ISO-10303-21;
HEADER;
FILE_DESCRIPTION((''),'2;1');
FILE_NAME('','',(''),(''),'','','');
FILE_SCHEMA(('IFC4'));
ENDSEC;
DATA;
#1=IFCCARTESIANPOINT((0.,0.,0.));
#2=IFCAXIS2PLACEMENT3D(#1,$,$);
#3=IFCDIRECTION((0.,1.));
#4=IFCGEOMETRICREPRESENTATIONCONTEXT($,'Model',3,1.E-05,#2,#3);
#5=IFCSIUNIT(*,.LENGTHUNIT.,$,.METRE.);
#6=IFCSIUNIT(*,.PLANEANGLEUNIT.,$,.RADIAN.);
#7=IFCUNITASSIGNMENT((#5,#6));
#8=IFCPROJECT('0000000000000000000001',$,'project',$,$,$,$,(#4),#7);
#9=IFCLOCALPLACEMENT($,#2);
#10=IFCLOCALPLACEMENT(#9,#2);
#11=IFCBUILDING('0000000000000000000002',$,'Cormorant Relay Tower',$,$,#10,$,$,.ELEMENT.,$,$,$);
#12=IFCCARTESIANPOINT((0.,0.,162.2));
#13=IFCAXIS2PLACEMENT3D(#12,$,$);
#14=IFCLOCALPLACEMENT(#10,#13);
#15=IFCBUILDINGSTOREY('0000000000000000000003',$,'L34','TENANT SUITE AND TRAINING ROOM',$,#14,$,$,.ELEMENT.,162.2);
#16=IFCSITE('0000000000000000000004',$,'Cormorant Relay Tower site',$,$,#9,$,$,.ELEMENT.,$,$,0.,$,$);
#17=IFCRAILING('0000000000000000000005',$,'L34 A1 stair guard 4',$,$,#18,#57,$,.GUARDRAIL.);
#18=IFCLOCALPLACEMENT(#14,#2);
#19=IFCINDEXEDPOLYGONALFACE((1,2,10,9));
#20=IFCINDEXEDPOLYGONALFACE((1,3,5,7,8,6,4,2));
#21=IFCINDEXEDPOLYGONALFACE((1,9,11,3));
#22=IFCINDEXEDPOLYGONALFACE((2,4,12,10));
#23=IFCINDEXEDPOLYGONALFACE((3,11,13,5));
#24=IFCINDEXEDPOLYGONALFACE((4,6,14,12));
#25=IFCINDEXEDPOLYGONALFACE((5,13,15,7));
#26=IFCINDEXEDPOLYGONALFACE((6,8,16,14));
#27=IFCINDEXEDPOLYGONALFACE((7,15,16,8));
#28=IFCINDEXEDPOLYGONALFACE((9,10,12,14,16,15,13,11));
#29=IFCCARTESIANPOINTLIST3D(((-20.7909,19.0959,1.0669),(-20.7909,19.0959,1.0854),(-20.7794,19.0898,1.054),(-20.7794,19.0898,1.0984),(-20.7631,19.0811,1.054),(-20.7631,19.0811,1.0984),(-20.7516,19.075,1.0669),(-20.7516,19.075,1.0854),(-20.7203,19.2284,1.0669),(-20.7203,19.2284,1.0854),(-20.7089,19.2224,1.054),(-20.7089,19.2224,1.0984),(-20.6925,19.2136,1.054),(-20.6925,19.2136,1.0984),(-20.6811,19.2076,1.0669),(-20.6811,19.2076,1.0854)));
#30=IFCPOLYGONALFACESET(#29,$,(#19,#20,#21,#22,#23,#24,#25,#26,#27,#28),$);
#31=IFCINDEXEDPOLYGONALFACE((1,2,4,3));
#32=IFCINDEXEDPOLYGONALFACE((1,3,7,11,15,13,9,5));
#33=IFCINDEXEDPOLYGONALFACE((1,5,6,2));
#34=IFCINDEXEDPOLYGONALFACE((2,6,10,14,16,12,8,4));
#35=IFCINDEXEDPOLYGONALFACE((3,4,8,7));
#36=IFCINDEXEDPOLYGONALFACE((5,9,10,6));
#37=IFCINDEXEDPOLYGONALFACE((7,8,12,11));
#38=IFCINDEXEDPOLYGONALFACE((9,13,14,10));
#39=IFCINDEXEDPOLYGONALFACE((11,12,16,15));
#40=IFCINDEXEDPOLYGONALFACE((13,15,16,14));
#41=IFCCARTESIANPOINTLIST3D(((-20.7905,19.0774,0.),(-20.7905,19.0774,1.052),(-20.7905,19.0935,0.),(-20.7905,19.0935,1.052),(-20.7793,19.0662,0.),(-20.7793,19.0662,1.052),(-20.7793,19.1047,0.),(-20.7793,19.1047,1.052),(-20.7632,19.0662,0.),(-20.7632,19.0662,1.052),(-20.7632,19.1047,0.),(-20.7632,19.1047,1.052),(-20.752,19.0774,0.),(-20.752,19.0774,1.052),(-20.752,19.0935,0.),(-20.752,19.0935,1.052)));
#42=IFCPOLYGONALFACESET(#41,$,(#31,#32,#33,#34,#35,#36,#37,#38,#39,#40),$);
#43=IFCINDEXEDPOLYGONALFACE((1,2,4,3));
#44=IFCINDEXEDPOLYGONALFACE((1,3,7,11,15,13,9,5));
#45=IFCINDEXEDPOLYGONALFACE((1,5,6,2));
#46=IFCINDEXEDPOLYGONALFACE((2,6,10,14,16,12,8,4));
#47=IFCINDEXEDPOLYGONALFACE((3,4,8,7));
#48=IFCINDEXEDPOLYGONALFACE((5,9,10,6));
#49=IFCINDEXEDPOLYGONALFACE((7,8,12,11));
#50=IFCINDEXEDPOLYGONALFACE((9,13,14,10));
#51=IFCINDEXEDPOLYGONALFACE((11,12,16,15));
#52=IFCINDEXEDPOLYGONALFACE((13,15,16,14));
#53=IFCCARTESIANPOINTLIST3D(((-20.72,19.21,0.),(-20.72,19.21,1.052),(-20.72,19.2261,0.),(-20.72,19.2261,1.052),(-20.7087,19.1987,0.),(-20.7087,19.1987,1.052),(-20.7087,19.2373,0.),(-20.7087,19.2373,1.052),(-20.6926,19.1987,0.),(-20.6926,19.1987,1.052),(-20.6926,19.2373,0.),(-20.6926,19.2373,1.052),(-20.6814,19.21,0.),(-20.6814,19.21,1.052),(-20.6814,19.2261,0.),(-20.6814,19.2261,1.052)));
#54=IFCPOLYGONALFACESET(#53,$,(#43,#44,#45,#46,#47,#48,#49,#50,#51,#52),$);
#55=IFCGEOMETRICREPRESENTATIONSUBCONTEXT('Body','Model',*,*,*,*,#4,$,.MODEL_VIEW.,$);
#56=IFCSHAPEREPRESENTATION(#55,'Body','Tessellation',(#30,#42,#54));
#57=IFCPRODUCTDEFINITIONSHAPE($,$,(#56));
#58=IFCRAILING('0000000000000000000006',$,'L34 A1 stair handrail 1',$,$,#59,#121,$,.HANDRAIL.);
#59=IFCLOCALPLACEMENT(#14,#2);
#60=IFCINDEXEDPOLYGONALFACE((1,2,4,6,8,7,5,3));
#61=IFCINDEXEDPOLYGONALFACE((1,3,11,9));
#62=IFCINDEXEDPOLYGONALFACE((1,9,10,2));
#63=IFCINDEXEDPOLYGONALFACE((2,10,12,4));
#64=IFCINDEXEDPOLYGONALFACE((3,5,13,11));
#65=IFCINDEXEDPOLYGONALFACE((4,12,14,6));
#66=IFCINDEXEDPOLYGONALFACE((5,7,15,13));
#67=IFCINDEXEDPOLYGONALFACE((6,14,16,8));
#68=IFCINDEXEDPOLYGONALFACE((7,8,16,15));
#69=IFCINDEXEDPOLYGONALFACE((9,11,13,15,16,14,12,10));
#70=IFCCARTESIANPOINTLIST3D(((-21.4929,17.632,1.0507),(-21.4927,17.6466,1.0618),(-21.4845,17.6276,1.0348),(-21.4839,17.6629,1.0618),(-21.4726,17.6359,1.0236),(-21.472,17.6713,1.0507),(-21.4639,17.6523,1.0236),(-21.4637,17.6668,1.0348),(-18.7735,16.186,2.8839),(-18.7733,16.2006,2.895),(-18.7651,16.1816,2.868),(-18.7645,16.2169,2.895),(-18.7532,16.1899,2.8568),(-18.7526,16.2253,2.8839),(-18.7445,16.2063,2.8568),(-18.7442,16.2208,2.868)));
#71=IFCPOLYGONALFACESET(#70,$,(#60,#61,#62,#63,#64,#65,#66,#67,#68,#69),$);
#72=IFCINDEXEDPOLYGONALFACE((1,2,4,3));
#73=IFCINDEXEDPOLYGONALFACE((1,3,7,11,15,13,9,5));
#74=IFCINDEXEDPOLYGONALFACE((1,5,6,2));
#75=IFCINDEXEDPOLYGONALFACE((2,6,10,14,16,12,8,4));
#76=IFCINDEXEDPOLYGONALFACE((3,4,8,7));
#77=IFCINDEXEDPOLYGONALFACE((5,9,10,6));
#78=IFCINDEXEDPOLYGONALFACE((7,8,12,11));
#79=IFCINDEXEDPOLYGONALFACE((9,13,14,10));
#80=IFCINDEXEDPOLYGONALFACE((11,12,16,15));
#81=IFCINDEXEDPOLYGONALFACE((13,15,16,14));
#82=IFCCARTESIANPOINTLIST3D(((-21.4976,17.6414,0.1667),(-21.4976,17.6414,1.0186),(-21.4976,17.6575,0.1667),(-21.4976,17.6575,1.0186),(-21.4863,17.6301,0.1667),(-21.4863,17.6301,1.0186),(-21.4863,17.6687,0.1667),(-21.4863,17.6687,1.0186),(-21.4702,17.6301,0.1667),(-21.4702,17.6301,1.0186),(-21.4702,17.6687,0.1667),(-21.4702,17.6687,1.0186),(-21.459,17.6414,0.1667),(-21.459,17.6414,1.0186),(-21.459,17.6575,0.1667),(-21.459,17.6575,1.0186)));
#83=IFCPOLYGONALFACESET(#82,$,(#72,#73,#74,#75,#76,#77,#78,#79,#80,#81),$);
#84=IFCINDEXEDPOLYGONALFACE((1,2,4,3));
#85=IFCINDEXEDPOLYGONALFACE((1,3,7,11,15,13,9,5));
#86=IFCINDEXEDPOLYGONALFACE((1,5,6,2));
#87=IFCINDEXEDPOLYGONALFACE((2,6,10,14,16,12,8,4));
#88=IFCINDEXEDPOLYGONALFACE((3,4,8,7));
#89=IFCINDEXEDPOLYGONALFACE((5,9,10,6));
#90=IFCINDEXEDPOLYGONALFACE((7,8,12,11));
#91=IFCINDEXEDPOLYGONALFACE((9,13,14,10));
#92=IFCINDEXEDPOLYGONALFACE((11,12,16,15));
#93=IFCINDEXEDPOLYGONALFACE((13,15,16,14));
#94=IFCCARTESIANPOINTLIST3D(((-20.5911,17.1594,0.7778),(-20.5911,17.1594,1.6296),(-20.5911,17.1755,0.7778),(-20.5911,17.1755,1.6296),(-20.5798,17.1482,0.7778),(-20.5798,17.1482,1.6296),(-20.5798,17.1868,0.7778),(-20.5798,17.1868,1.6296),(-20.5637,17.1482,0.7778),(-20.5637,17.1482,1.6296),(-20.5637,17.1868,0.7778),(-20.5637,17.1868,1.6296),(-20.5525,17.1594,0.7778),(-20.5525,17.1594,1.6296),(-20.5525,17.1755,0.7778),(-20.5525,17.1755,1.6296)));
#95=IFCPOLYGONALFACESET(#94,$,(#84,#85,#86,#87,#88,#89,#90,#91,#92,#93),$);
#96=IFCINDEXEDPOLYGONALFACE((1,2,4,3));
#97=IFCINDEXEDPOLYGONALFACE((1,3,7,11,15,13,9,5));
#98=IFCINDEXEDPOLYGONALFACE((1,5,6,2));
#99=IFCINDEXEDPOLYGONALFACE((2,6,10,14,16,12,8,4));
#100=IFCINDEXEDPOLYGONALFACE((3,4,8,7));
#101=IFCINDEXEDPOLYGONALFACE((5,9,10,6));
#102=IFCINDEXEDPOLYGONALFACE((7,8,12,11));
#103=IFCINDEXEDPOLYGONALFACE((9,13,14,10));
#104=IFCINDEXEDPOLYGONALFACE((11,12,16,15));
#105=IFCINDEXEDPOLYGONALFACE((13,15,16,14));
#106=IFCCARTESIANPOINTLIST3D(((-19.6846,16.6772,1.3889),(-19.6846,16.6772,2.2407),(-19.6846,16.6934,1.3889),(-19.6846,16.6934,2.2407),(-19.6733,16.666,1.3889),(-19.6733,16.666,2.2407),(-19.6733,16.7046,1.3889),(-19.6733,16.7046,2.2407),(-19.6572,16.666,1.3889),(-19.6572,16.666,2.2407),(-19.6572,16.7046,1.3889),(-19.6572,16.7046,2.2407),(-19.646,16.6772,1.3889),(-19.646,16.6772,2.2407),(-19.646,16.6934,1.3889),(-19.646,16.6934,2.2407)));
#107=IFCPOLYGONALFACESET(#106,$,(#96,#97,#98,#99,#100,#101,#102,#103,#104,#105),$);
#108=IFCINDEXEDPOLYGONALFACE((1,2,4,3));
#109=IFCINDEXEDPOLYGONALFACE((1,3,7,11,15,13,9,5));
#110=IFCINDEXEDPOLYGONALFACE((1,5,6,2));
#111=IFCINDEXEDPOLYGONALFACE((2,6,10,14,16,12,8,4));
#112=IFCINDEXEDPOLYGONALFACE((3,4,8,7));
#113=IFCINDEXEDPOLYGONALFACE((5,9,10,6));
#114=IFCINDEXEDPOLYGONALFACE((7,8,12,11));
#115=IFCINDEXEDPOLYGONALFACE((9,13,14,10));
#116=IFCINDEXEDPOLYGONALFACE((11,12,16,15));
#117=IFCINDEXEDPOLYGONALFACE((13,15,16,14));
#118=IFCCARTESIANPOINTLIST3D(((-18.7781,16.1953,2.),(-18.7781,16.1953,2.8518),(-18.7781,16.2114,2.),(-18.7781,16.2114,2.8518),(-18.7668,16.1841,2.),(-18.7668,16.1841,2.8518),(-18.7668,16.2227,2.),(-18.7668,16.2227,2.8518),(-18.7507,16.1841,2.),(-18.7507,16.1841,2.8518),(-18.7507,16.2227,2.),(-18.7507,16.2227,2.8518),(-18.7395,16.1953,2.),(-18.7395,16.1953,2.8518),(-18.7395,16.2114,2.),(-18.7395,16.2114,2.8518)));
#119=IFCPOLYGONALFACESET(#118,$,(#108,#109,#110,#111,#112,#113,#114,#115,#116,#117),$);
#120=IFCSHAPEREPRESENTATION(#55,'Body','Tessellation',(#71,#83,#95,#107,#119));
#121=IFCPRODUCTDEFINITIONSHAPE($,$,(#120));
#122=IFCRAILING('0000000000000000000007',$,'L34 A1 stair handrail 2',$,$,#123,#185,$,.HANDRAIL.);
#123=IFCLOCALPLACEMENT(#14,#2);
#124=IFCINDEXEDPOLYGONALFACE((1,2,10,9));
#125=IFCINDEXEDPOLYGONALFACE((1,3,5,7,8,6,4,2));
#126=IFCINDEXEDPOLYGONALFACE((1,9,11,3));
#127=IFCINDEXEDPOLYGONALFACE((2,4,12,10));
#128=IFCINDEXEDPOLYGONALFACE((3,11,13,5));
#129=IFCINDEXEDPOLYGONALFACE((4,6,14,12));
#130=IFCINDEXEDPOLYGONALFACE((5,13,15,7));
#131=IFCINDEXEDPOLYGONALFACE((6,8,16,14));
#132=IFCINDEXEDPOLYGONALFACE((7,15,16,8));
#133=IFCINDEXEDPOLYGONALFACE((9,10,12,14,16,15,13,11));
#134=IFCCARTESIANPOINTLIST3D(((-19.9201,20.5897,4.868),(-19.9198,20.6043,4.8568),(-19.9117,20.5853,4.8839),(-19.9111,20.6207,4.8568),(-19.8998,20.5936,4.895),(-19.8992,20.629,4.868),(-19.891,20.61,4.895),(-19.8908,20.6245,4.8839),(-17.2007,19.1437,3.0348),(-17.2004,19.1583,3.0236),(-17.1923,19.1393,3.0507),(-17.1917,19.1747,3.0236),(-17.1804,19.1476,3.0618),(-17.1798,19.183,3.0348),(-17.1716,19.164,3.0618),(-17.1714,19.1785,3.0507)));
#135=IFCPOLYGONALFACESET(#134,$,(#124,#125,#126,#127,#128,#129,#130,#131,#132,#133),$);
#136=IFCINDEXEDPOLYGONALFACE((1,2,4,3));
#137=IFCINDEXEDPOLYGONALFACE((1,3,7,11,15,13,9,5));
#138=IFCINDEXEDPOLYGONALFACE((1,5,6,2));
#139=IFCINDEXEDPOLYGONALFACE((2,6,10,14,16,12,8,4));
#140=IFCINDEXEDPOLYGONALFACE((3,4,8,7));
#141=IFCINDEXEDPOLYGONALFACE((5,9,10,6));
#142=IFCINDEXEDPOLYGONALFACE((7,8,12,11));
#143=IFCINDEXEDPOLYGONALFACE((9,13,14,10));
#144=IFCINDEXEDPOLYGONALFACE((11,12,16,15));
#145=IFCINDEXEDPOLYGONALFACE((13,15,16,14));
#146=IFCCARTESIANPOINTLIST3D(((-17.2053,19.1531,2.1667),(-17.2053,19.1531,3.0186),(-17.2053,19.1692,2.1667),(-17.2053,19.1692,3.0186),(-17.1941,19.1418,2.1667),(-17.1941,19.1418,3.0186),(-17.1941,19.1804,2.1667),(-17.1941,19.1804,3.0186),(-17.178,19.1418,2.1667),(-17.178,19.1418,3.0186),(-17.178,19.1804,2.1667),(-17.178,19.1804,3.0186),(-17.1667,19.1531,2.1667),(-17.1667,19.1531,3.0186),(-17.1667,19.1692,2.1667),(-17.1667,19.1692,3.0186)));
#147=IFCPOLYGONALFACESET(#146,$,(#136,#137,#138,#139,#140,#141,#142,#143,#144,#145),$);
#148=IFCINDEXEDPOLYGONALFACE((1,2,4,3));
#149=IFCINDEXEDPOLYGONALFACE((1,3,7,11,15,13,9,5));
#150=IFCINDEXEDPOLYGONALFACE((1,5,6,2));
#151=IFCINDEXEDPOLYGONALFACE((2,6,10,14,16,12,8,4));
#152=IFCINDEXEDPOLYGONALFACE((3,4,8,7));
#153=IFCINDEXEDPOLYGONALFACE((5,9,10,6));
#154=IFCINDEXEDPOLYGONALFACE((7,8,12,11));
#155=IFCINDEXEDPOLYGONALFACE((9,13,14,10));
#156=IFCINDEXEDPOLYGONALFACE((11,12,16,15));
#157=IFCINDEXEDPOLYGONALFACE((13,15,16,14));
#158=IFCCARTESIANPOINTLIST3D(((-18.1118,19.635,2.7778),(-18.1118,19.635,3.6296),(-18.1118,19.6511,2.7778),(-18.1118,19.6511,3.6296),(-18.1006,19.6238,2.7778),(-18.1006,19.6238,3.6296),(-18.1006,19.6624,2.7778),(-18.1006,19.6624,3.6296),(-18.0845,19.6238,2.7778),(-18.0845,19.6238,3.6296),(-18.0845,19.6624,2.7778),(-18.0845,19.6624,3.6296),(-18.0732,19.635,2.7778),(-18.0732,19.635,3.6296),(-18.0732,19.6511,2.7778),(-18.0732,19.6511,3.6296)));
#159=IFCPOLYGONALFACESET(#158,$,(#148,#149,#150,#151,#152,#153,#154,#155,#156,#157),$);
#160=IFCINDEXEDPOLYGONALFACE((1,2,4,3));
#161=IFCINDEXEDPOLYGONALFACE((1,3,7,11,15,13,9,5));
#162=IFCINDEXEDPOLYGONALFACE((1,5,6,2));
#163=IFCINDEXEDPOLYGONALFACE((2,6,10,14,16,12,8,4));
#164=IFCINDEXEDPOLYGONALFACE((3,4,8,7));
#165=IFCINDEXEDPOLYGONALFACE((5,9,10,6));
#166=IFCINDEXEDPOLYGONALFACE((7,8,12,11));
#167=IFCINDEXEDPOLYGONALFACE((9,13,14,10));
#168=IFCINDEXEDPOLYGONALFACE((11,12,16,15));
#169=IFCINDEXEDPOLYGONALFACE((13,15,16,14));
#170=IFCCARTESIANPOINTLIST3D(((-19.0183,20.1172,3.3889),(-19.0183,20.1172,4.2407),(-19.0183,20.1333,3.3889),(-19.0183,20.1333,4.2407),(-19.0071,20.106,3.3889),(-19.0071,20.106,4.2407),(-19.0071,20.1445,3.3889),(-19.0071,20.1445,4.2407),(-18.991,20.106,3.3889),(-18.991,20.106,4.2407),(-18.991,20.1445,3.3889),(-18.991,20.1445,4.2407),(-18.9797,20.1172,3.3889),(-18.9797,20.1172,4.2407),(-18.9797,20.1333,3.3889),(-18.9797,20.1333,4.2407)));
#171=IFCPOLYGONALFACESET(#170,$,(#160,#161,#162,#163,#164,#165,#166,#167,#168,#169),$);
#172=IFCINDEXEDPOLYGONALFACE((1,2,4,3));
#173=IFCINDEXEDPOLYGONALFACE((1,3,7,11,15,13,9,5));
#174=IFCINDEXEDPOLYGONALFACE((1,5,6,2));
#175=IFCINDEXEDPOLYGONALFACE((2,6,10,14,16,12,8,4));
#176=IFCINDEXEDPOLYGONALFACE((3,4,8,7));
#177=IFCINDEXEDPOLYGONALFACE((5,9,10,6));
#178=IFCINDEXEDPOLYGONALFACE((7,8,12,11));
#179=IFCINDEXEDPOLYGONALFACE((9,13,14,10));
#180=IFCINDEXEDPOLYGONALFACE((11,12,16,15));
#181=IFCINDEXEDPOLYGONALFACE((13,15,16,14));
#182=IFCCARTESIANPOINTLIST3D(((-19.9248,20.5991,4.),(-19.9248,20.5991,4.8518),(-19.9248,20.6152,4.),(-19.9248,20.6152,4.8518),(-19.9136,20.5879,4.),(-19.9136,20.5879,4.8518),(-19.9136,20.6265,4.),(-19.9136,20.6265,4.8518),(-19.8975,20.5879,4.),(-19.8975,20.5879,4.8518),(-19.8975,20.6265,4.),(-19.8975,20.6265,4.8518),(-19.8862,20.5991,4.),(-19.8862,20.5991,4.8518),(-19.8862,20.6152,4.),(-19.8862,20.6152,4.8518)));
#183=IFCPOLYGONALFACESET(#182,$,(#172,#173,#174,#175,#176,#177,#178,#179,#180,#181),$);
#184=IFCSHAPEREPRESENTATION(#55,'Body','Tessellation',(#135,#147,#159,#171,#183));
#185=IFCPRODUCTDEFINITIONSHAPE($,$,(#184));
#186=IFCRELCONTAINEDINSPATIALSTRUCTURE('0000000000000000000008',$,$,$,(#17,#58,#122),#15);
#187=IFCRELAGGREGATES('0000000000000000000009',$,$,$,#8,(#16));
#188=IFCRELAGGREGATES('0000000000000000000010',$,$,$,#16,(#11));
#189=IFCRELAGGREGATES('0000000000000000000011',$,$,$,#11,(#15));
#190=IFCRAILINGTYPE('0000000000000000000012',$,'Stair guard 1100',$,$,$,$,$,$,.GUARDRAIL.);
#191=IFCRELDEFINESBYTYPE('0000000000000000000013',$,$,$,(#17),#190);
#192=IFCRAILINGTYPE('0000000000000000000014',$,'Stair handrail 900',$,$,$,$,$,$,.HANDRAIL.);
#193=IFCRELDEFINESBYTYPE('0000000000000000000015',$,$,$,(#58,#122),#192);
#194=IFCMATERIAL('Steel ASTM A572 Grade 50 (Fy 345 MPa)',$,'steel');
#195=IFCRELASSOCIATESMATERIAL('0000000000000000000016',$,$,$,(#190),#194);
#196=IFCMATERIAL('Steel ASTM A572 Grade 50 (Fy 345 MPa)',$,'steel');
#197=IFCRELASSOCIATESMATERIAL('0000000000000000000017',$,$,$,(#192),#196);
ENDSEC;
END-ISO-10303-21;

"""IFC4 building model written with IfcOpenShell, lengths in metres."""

from ifc_helpers import new_model, si_unit, direction, frame, origin, place, context, subcontext, project, spatial, polyline, outline, extrude, material, type_object, element, save


model = new_model("IFC4")

# Units and contexts
model_context = context("Model", 3, precision=1e-05, world=origin(), true_north=direction((0.0, 1.0)))
body_context = subcontext(model_context, "Body", "Model", "MODEL_VIEW")
ifc_project = project(units=[si_unit("LENGTHUNIT", "METRE"), si_unit("PLANEANGLEUNIT", "RADIAN")], contexts=[model_context])

# Site, building, storey
site_placement = place(None, origin())
site = spatial("IfcSite", under=ifc_project, at=site_placement, Name="Cormorant Relay Tower site", CompositionType="ELEMENT", RefElevation=0.0)
building_placement = place(site_placement, origin())
building = spatial("IfcBuilding", under=site, at=building_placement, Name="Cormorant Relay Tower", CompositionType="ELEMENT")
storey_placement = place(building_placement, frame((0.0, 0.0, 162.2)))
storey = spatial("IfcBuildingStorey", under=building, at=storey_placement, Name="L34", Description="TENANT SUITE AND TRAINING ROOM", CompositionType="ELEMENT", Elevation=162.2)

# Railings
ifc_material_1 = material(Name="Steel ASTM A572 Grade 50 (Fy 345 MPa)", Category="steel")
railing_type_1 = type_object("IfcRailingType", Name="Stair guard 1100", PredefinedType="GUARDRAIL", material=ifc_material_1)
railing_1_placement = place(storey_placement, frame((-20.7712, 19.0854, 0.0)))
element("IfcRailing", 1, at=railing_1_placement, inside=storey, type_object=railing_type_1, Name="L34 A1 stair guard 4", PredefinedType="GUARDRAIL", context=body_context, shape_type="SweptSolid", body=[
    extrude(outline(polyline([(0.0222, 0.0093), (0.0093, 0.0222), (-0.0093, 0.0222), (-0.0222, 0.0093), (-0.0222, -0.0093), (-0.0093, -0.0222), (0.0093, -0.0222), (0.0222, -0.0093), (0.0222, 0.0093)])), frame((0.0, 0.0, 1.0762), z_axis=(0.469829, 0.882758, 0.0), x_axis=(-0.882758, 0.469829, 0.0)), (0.0, 0.0, 1.0), 0.1501),
    extrude(outline(polyline([(0.0193, 0.0081), (0.0081, 0.0193), (-0.0081, 0.0193), (-0.0193, 0.0081), (-0.0193, -0.0081), (-0.0081, -0.0193), (0.0081, -0.0193), (0.0193, -0.0081), (0.0193, 0.0081)])), origin(), (0.0, 0.0, 1.0), 1.052),
    extrude(outline(polyline([(0.0193, 0.0081), (0.0081, 0.0193), (-0.0081, 0.0193), (-0.0193, 0.0081), (-0.0193, -0.0081), (-0.0081, -0.0193), (0.0081, -0.0193), (0.0193, -0.0081), (0.0193, 0.0081)])), frame((0.0706, 0.1326, 0.0)), (0.0, 0.0, 1.0), 1.052),
])
ifc_material_2 = material(Name="Steel ASTM A572 Grade 50 (Fy 345 MPa)", Category="steel")
railing_type_2 = type_object("IfcRailingType", Name="Stair handrail 900", PredefinedType="HANDRAIL", material=ifc_material_2)
railing_2_placement = place(storey_placement, frame((-21.4783, 17.6494, 0.1667)))
element("IfcRailing", 2, at=railing_2_placement, inside=storey, type_object=railing_type_2, Name="L34 A1 stair handrail 1", PredefinedType="HANDRAIL", context=body_context, shape_type="SweptSolid", body=[
    extrude(outline(polyline([(0.0222, 0.0093), (0.0093, 0.0222), (-0.0093, 0.0222), (-0.0222, 0.0093), (-0.0222, -0.0093), (-0.0093, -0.0222), (0.0093, -0.0222), (0.0222, -0.0093), (0.0222, 0.0093)])), frame((0.0, 0.0, 0.876), z_axis=(0.758714, -0.403435, 0.511463), x_axis=(0.469489, 0.882938, 0.0)), (0.0, 0.0, 1.0), 3.5842),
    extrude(outline(polyline([(0.0193, 0.0081), (0.0081, 0.0193), (-0.0081, 0.0193), (-0.0193, 0.0081), (-0.0193, -0.0081), (-0.0081, -0.0193), (0.0081, -0.0193), (0.0193, -0.0081), (0.0193, 0.0081)])), origin(), (0.0, 0.0, 1.0), 0.8518),
    extrude(outline(polyline([(0.0193, 0.0081), (0.0081, 0.0193), (-0.0081, 0.0193), (-0.0193, 0.0081), (-0.0193, -0.0081), (-0.0081, -0.0193), (0.0081, -0.0193), (0.0193, -0.0081), (0.0193, 0.0081)])), frame((0.9065, -0.4819, 0.6111)), (0.0, 0.0, 1.0), 0.8518),
    extrude(outline(polyline([(0.0193, 0.0081), (0.0081, 0.0193), (-0.0081, 0.0193), (-0.0193, 0.0081), (-0.0193, -0.0081), (-0.0081, -0.0193), (0.0081, -0.0193), (0.0193, -0.0081), (0.0193, 0.0081)])), frame((1.813, -0.9641, 1.2222)), (0.0, 0.0, 1.0), 0.8518),
    extrude(outline(polyline([(0.0193, 0.0081), (0.0081, 0.0193), (-0.0081, 0.0193), (-0.0193, 0.0081), (-0.0193, -0.0081), (-0.0081, -0.0193), (0.0081, -0.0193), (0.0193, -0.0081), (0.0193, 0.0081)])), frame((2.7195, -1.446, 1.8333)), (0.0, 0.0, 1.0), 0.8518),
])
railing_3_placement = place(storey_placement, frame((-17.186, 19.1611, 2.1667)))
element("IfcRailing", 3, at=railing_3_placement, inside=storey, type_object=railing_type_2, Name="L34 A1 stair handrail 2", PredefinedType="HANDRAIL", context=body_context, shape_type="SweptSolid", body=[
    extrude(outline(polyline([(0.0222, 0.0093), (0.0093, 0.0222), (-0.0093, 0.0222), (-0.0222, 0.0093), (-0.0222, -0.0093), (-0.0093, -0.0222), (0.0093, -0.0222), (0.0222, -0.0093), (0.0222, 0.0093)])), frame((0.0, 0.0, 0.876), z_axis=(-0.758714, 0.403435, 0.511463), x_axis=(-0.469489, -0.882938, 0.0)), (0.0, 0.0, 1.0), 3.5842),
    extrude(outline(polyline([(0.0193, 0.0081), (0.0081, 0.0193), (-0.0081, 0.0193), (-0.0193, 0.0081), (-0.0193, -0.0081), (-0.0081, -0.0193), (0.0081, -0.0193), (0.0193, -0.0081), (0.0193, 0.0081)])), origin(), (0.0, 0.0, 1.0), 0.8518),
    extrude(outline(polyline([(0.0193, 0.0081), (0.0081, 0.0193), (-0.0081, 0.0193), (-0.0193, 0.0081), (-0.0193, -0.0081), (-0.0081, -0.0193), (0.0081, -0.0193), (0.0193, -0.0081), (0.0193, 0.0081)])), frame((-0.9065, 0.4819, 0.6111)), (0.0, 0.0, 1.0), 0.8518),
    extrude(outline(polyline([(0.0193, 0.0081), (0.0081, 0.0193), (-0.0081, 0.0193), (-0.0193, 0.0081), (-0.0193, -0.0081), (-0.0081, -0.0193), (0.0081, -0.0193), (0.0193, -0.0081), (0.0193, 0.0081)])), frame((-1.813, 0.9641, 1.2222)), (0.0, 0.0, 1.0), 0.8518),
    extrude(outline(polyline([(0.0193, 0.0081), (0.0081, 0.0193), (-0.0081, 0.0193), (-0.0193, 0.0081), (-0.0193, -0.0081), (-0.0081, -0.0193), (0.0081, -0.0193), (0.0193, -0.0081), (0.0193, 0.0081)])), frame((-2.7195, 1.446, 1.8333)), (0.0, 0.0, 1.0), 0.8518),
])

save(model, "model.ifc")
